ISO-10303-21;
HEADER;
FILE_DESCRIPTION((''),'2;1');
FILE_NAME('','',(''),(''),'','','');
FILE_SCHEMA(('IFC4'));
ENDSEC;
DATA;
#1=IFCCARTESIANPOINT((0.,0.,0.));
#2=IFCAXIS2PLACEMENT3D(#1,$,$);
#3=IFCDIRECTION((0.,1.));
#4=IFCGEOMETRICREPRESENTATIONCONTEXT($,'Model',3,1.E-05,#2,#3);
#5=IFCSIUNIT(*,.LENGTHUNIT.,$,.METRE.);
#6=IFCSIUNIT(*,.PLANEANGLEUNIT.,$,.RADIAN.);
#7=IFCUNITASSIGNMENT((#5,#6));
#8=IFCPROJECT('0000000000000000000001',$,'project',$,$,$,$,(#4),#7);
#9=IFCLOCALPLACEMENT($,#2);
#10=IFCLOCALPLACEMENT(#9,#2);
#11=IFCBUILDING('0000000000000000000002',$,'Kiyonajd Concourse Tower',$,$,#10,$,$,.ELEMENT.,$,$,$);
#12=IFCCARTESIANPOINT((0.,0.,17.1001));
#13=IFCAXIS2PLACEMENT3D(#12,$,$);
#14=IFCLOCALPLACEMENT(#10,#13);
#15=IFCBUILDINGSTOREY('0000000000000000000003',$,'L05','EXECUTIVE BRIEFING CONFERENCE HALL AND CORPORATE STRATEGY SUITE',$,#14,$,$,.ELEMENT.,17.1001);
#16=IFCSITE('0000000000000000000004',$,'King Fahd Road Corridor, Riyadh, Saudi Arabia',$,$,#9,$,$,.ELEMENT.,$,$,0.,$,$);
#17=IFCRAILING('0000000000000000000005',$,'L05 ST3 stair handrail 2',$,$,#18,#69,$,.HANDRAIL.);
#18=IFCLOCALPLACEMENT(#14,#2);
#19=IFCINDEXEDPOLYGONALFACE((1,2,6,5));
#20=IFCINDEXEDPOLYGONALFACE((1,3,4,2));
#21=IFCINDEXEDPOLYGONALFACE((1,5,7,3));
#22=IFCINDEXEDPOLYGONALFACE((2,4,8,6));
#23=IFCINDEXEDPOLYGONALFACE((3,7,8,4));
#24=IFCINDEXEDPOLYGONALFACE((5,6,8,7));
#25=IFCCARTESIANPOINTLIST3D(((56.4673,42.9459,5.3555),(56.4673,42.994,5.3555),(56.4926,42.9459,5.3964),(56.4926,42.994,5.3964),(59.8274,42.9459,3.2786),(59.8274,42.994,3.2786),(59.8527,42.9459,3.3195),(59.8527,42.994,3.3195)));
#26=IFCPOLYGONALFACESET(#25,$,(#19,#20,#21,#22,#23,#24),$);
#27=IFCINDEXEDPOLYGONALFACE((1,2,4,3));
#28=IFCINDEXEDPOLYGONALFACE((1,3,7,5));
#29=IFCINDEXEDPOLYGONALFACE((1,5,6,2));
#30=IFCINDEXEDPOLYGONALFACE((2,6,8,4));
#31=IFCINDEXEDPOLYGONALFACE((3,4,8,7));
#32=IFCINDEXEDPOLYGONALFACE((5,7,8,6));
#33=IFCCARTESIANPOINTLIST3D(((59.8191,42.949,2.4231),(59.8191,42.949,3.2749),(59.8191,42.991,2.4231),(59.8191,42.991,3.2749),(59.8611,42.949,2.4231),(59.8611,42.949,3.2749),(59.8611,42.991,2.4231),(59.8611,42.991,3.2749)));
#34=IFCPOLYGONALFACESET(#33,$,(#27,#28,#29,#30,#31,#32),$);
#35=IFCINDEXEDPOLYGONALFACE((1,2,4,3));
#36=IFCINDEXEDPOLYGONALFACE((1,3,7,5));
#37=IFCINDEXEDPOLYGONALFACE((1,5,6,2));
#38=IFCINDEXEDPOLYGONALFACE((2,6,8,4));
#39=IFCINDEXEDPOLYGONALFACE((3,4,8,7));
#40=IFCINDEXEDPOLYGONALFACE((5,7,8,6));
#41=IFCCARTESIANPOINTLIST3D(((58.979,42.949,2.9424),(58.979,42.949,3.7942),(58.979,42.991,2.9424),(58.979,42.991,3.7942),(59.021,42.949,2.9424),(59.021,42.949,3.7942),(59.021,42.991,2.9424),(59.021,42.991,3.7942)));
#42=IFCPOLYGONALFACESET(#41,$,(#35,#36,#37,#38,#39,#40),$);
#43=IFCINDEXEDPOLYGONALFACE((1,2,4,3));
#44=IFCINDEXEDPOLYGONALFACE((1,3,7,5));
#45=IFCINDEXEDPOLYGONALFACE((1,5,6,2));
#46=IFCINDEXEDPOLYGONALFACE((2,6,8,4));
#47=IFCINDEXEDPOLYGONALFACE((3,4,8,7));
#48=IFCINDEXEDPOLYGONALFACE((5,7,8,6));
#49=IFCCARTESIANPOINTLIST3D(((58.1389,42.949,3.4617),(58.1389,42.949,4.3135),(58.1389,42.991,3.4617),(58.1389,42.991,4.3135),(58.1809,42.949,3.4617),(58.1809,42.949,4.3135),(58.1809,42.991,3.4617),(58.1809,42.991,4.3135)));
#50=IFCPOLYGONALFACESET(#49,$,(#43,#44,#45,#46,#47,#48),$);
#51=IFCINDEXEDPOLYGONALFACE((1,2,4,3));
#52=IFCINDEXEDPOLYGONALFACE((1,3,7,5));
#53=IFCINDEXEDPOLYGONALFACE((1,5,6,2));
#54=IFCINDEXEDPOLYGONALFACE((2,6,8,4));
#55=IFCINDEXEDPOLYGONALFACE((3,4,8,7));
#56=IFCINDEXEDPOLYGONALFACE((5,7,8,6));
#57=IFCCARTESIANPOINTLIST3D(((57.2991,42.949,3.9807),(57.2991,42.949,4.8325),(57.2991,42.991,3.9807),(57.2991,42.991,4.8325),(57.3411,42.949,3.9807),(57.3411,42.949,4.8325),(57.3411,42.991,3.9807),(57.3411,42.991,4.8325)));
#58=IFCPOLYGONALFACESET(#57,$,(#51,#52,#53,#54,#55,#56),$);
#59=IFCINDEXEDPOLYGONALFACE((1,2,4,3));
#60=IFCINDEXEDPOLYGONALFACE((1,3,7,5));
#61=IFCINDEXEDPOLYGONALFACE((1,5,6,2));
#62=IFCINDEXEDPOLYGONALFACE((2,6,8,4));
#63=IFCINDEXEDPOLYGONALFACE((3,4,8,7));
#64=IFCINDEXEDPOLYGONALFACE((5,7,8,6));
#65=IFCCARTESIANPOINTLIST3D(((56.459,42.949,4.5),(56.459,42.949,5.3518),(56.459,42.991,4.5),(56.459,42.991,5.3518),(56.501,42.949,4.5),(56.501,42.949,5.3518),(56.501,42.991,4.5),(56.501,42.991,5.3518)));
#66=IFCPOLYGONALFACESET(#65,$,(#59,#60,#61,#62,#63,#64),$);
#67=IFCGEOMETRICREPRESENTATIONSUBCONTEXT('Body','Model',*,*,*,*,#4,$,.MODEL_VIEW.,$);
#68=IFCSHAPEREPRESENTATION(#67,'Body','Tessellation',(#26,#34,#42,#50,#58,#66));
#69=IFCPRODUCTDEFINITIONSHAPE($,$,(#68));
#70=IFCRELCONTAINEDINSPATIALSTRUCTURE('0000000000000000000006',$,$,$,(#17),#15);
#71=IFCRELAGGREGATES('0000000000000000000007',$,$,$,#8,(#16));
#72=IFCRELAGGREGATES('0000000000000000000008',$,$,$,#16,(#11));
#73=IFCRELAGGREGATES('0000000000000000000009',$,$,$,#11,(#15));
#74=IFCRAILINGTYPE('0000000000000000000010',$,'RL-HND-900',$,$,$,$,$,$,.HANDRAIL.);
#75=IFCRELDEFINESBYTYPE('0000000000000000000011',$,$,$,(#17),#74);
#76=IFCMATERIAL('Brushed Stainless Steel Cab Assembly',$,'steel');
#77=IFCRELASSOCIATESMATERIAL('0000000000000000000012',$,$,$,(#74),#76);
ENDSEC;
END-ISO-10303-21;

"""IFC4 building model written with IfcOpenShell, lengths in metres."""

from ifc_helpers import new_model, si_unit, direction, frame, origin, origin_2d, place, context, subcontext, project, spatial, rectangle, extrude, material, type_object, element, save


model = new_model("IFC4")

# Units and contexts
model_context = context("Model", 3, precision=1e-05, world=origin(), true_north=direction((0.0, 1.0)))
body_context = subcontext(model_context, "Body", "Model", "MODEL_VIEW")
ifc_project = project(units=[si_unit("LENGTHUNIT", "METRE"), si_unit("PLANEANGLEUNIT", "RADIAN")], contexts=[model_context])

# Site, building, storey
site_placement = place(None, origin())
site = spatial("IfcSite", under=ifc_project, at=site_placement, Name="King Fahd Road Corridor, Riyadh, Saudi Arabia", CompositionType="ELEMENT", RefElevation=0.0)
building_placement = place(site_placement, origin())
building = spatial("IfcBuilding", under=site, at=building_placement, Name="Kiyonajd Concourse Tower", CompositionType="ELEMENT")
storey_placement = place(building_placement, frame((0.0, 0.0, 17.1001)))
storey = spatial("IfcBuildingStorey", under=building, at=storey_placement, Name="L05", Description="EXECUTIVE BRIEFING CONFERENCE HALL AND CORPORATE STRATEGY SUITE", CompositionType="ELEMENT", Elevation=17.1001)

# Railing
ifc_material_1 = material(Name="Brushed Stainless Steel Cab Assembly", Category="steel")
railing_type_1 = type_object("IfcRailingType", Name="RL-HND-900", PredefinedType="HANDRAIL", material=ifc_material_1)
railing_1_placement = place(storey_placement, frame((59.8401, 42.97, 2.4231)))
element("IfcRailing", 1, at=railing_1_placement, inside=storey, type_object=railing_type_1, Name="L05 ST3 stair handrail 2", PredefinedType="HANDRAIL", context=body_context, shape_type="SweptSolid", body=[
    extrude(rectangle(XDim=0.0481, YDim=0.0481, at=origin_2d()), frame((0.0, 0.0, 0.876), z_axis=(-0.850623, 0.0, 0.525776), x_axis=(0.0, -1.0, 0.0)), (0.0, 0.0, 1.0), 3.9502),
    extrude(rectangle(XDim=0.042, YDim=0.042, at=origin_2d()), origin(), (0.0, 0.0, 1.0), 0.8518),
    extrude(rectangle(XDim=0.042, YDim=0.042, at=origin_2d()), frame((-0.8401, 0.0, 0.5193)), (0.0, 0.0, 1.0), 0.8518),
    extrude(rectangle(XDim=0.042, YDim=0.042, at=origin_2d()), frame((-1.6802, 0.0, 1.0386)), (0.0, 0.0, 1.0), 0.8518),
    extrude(rectangle(XDim=0.042, YDim=0.042, at=origin_2d()), frame((-2.52, 0.0, 1.5576)), (0.0, 0.0, 1.0), 0.8518),
    extrude(rectangle(XDim=0.042, YDim=0.042, at=origin_2d()), frame((-3.3601, 0.0, 2.0769)), (0.0, 0.0, 1.0), 0.8518),
])

save(model, "model.ifc")
